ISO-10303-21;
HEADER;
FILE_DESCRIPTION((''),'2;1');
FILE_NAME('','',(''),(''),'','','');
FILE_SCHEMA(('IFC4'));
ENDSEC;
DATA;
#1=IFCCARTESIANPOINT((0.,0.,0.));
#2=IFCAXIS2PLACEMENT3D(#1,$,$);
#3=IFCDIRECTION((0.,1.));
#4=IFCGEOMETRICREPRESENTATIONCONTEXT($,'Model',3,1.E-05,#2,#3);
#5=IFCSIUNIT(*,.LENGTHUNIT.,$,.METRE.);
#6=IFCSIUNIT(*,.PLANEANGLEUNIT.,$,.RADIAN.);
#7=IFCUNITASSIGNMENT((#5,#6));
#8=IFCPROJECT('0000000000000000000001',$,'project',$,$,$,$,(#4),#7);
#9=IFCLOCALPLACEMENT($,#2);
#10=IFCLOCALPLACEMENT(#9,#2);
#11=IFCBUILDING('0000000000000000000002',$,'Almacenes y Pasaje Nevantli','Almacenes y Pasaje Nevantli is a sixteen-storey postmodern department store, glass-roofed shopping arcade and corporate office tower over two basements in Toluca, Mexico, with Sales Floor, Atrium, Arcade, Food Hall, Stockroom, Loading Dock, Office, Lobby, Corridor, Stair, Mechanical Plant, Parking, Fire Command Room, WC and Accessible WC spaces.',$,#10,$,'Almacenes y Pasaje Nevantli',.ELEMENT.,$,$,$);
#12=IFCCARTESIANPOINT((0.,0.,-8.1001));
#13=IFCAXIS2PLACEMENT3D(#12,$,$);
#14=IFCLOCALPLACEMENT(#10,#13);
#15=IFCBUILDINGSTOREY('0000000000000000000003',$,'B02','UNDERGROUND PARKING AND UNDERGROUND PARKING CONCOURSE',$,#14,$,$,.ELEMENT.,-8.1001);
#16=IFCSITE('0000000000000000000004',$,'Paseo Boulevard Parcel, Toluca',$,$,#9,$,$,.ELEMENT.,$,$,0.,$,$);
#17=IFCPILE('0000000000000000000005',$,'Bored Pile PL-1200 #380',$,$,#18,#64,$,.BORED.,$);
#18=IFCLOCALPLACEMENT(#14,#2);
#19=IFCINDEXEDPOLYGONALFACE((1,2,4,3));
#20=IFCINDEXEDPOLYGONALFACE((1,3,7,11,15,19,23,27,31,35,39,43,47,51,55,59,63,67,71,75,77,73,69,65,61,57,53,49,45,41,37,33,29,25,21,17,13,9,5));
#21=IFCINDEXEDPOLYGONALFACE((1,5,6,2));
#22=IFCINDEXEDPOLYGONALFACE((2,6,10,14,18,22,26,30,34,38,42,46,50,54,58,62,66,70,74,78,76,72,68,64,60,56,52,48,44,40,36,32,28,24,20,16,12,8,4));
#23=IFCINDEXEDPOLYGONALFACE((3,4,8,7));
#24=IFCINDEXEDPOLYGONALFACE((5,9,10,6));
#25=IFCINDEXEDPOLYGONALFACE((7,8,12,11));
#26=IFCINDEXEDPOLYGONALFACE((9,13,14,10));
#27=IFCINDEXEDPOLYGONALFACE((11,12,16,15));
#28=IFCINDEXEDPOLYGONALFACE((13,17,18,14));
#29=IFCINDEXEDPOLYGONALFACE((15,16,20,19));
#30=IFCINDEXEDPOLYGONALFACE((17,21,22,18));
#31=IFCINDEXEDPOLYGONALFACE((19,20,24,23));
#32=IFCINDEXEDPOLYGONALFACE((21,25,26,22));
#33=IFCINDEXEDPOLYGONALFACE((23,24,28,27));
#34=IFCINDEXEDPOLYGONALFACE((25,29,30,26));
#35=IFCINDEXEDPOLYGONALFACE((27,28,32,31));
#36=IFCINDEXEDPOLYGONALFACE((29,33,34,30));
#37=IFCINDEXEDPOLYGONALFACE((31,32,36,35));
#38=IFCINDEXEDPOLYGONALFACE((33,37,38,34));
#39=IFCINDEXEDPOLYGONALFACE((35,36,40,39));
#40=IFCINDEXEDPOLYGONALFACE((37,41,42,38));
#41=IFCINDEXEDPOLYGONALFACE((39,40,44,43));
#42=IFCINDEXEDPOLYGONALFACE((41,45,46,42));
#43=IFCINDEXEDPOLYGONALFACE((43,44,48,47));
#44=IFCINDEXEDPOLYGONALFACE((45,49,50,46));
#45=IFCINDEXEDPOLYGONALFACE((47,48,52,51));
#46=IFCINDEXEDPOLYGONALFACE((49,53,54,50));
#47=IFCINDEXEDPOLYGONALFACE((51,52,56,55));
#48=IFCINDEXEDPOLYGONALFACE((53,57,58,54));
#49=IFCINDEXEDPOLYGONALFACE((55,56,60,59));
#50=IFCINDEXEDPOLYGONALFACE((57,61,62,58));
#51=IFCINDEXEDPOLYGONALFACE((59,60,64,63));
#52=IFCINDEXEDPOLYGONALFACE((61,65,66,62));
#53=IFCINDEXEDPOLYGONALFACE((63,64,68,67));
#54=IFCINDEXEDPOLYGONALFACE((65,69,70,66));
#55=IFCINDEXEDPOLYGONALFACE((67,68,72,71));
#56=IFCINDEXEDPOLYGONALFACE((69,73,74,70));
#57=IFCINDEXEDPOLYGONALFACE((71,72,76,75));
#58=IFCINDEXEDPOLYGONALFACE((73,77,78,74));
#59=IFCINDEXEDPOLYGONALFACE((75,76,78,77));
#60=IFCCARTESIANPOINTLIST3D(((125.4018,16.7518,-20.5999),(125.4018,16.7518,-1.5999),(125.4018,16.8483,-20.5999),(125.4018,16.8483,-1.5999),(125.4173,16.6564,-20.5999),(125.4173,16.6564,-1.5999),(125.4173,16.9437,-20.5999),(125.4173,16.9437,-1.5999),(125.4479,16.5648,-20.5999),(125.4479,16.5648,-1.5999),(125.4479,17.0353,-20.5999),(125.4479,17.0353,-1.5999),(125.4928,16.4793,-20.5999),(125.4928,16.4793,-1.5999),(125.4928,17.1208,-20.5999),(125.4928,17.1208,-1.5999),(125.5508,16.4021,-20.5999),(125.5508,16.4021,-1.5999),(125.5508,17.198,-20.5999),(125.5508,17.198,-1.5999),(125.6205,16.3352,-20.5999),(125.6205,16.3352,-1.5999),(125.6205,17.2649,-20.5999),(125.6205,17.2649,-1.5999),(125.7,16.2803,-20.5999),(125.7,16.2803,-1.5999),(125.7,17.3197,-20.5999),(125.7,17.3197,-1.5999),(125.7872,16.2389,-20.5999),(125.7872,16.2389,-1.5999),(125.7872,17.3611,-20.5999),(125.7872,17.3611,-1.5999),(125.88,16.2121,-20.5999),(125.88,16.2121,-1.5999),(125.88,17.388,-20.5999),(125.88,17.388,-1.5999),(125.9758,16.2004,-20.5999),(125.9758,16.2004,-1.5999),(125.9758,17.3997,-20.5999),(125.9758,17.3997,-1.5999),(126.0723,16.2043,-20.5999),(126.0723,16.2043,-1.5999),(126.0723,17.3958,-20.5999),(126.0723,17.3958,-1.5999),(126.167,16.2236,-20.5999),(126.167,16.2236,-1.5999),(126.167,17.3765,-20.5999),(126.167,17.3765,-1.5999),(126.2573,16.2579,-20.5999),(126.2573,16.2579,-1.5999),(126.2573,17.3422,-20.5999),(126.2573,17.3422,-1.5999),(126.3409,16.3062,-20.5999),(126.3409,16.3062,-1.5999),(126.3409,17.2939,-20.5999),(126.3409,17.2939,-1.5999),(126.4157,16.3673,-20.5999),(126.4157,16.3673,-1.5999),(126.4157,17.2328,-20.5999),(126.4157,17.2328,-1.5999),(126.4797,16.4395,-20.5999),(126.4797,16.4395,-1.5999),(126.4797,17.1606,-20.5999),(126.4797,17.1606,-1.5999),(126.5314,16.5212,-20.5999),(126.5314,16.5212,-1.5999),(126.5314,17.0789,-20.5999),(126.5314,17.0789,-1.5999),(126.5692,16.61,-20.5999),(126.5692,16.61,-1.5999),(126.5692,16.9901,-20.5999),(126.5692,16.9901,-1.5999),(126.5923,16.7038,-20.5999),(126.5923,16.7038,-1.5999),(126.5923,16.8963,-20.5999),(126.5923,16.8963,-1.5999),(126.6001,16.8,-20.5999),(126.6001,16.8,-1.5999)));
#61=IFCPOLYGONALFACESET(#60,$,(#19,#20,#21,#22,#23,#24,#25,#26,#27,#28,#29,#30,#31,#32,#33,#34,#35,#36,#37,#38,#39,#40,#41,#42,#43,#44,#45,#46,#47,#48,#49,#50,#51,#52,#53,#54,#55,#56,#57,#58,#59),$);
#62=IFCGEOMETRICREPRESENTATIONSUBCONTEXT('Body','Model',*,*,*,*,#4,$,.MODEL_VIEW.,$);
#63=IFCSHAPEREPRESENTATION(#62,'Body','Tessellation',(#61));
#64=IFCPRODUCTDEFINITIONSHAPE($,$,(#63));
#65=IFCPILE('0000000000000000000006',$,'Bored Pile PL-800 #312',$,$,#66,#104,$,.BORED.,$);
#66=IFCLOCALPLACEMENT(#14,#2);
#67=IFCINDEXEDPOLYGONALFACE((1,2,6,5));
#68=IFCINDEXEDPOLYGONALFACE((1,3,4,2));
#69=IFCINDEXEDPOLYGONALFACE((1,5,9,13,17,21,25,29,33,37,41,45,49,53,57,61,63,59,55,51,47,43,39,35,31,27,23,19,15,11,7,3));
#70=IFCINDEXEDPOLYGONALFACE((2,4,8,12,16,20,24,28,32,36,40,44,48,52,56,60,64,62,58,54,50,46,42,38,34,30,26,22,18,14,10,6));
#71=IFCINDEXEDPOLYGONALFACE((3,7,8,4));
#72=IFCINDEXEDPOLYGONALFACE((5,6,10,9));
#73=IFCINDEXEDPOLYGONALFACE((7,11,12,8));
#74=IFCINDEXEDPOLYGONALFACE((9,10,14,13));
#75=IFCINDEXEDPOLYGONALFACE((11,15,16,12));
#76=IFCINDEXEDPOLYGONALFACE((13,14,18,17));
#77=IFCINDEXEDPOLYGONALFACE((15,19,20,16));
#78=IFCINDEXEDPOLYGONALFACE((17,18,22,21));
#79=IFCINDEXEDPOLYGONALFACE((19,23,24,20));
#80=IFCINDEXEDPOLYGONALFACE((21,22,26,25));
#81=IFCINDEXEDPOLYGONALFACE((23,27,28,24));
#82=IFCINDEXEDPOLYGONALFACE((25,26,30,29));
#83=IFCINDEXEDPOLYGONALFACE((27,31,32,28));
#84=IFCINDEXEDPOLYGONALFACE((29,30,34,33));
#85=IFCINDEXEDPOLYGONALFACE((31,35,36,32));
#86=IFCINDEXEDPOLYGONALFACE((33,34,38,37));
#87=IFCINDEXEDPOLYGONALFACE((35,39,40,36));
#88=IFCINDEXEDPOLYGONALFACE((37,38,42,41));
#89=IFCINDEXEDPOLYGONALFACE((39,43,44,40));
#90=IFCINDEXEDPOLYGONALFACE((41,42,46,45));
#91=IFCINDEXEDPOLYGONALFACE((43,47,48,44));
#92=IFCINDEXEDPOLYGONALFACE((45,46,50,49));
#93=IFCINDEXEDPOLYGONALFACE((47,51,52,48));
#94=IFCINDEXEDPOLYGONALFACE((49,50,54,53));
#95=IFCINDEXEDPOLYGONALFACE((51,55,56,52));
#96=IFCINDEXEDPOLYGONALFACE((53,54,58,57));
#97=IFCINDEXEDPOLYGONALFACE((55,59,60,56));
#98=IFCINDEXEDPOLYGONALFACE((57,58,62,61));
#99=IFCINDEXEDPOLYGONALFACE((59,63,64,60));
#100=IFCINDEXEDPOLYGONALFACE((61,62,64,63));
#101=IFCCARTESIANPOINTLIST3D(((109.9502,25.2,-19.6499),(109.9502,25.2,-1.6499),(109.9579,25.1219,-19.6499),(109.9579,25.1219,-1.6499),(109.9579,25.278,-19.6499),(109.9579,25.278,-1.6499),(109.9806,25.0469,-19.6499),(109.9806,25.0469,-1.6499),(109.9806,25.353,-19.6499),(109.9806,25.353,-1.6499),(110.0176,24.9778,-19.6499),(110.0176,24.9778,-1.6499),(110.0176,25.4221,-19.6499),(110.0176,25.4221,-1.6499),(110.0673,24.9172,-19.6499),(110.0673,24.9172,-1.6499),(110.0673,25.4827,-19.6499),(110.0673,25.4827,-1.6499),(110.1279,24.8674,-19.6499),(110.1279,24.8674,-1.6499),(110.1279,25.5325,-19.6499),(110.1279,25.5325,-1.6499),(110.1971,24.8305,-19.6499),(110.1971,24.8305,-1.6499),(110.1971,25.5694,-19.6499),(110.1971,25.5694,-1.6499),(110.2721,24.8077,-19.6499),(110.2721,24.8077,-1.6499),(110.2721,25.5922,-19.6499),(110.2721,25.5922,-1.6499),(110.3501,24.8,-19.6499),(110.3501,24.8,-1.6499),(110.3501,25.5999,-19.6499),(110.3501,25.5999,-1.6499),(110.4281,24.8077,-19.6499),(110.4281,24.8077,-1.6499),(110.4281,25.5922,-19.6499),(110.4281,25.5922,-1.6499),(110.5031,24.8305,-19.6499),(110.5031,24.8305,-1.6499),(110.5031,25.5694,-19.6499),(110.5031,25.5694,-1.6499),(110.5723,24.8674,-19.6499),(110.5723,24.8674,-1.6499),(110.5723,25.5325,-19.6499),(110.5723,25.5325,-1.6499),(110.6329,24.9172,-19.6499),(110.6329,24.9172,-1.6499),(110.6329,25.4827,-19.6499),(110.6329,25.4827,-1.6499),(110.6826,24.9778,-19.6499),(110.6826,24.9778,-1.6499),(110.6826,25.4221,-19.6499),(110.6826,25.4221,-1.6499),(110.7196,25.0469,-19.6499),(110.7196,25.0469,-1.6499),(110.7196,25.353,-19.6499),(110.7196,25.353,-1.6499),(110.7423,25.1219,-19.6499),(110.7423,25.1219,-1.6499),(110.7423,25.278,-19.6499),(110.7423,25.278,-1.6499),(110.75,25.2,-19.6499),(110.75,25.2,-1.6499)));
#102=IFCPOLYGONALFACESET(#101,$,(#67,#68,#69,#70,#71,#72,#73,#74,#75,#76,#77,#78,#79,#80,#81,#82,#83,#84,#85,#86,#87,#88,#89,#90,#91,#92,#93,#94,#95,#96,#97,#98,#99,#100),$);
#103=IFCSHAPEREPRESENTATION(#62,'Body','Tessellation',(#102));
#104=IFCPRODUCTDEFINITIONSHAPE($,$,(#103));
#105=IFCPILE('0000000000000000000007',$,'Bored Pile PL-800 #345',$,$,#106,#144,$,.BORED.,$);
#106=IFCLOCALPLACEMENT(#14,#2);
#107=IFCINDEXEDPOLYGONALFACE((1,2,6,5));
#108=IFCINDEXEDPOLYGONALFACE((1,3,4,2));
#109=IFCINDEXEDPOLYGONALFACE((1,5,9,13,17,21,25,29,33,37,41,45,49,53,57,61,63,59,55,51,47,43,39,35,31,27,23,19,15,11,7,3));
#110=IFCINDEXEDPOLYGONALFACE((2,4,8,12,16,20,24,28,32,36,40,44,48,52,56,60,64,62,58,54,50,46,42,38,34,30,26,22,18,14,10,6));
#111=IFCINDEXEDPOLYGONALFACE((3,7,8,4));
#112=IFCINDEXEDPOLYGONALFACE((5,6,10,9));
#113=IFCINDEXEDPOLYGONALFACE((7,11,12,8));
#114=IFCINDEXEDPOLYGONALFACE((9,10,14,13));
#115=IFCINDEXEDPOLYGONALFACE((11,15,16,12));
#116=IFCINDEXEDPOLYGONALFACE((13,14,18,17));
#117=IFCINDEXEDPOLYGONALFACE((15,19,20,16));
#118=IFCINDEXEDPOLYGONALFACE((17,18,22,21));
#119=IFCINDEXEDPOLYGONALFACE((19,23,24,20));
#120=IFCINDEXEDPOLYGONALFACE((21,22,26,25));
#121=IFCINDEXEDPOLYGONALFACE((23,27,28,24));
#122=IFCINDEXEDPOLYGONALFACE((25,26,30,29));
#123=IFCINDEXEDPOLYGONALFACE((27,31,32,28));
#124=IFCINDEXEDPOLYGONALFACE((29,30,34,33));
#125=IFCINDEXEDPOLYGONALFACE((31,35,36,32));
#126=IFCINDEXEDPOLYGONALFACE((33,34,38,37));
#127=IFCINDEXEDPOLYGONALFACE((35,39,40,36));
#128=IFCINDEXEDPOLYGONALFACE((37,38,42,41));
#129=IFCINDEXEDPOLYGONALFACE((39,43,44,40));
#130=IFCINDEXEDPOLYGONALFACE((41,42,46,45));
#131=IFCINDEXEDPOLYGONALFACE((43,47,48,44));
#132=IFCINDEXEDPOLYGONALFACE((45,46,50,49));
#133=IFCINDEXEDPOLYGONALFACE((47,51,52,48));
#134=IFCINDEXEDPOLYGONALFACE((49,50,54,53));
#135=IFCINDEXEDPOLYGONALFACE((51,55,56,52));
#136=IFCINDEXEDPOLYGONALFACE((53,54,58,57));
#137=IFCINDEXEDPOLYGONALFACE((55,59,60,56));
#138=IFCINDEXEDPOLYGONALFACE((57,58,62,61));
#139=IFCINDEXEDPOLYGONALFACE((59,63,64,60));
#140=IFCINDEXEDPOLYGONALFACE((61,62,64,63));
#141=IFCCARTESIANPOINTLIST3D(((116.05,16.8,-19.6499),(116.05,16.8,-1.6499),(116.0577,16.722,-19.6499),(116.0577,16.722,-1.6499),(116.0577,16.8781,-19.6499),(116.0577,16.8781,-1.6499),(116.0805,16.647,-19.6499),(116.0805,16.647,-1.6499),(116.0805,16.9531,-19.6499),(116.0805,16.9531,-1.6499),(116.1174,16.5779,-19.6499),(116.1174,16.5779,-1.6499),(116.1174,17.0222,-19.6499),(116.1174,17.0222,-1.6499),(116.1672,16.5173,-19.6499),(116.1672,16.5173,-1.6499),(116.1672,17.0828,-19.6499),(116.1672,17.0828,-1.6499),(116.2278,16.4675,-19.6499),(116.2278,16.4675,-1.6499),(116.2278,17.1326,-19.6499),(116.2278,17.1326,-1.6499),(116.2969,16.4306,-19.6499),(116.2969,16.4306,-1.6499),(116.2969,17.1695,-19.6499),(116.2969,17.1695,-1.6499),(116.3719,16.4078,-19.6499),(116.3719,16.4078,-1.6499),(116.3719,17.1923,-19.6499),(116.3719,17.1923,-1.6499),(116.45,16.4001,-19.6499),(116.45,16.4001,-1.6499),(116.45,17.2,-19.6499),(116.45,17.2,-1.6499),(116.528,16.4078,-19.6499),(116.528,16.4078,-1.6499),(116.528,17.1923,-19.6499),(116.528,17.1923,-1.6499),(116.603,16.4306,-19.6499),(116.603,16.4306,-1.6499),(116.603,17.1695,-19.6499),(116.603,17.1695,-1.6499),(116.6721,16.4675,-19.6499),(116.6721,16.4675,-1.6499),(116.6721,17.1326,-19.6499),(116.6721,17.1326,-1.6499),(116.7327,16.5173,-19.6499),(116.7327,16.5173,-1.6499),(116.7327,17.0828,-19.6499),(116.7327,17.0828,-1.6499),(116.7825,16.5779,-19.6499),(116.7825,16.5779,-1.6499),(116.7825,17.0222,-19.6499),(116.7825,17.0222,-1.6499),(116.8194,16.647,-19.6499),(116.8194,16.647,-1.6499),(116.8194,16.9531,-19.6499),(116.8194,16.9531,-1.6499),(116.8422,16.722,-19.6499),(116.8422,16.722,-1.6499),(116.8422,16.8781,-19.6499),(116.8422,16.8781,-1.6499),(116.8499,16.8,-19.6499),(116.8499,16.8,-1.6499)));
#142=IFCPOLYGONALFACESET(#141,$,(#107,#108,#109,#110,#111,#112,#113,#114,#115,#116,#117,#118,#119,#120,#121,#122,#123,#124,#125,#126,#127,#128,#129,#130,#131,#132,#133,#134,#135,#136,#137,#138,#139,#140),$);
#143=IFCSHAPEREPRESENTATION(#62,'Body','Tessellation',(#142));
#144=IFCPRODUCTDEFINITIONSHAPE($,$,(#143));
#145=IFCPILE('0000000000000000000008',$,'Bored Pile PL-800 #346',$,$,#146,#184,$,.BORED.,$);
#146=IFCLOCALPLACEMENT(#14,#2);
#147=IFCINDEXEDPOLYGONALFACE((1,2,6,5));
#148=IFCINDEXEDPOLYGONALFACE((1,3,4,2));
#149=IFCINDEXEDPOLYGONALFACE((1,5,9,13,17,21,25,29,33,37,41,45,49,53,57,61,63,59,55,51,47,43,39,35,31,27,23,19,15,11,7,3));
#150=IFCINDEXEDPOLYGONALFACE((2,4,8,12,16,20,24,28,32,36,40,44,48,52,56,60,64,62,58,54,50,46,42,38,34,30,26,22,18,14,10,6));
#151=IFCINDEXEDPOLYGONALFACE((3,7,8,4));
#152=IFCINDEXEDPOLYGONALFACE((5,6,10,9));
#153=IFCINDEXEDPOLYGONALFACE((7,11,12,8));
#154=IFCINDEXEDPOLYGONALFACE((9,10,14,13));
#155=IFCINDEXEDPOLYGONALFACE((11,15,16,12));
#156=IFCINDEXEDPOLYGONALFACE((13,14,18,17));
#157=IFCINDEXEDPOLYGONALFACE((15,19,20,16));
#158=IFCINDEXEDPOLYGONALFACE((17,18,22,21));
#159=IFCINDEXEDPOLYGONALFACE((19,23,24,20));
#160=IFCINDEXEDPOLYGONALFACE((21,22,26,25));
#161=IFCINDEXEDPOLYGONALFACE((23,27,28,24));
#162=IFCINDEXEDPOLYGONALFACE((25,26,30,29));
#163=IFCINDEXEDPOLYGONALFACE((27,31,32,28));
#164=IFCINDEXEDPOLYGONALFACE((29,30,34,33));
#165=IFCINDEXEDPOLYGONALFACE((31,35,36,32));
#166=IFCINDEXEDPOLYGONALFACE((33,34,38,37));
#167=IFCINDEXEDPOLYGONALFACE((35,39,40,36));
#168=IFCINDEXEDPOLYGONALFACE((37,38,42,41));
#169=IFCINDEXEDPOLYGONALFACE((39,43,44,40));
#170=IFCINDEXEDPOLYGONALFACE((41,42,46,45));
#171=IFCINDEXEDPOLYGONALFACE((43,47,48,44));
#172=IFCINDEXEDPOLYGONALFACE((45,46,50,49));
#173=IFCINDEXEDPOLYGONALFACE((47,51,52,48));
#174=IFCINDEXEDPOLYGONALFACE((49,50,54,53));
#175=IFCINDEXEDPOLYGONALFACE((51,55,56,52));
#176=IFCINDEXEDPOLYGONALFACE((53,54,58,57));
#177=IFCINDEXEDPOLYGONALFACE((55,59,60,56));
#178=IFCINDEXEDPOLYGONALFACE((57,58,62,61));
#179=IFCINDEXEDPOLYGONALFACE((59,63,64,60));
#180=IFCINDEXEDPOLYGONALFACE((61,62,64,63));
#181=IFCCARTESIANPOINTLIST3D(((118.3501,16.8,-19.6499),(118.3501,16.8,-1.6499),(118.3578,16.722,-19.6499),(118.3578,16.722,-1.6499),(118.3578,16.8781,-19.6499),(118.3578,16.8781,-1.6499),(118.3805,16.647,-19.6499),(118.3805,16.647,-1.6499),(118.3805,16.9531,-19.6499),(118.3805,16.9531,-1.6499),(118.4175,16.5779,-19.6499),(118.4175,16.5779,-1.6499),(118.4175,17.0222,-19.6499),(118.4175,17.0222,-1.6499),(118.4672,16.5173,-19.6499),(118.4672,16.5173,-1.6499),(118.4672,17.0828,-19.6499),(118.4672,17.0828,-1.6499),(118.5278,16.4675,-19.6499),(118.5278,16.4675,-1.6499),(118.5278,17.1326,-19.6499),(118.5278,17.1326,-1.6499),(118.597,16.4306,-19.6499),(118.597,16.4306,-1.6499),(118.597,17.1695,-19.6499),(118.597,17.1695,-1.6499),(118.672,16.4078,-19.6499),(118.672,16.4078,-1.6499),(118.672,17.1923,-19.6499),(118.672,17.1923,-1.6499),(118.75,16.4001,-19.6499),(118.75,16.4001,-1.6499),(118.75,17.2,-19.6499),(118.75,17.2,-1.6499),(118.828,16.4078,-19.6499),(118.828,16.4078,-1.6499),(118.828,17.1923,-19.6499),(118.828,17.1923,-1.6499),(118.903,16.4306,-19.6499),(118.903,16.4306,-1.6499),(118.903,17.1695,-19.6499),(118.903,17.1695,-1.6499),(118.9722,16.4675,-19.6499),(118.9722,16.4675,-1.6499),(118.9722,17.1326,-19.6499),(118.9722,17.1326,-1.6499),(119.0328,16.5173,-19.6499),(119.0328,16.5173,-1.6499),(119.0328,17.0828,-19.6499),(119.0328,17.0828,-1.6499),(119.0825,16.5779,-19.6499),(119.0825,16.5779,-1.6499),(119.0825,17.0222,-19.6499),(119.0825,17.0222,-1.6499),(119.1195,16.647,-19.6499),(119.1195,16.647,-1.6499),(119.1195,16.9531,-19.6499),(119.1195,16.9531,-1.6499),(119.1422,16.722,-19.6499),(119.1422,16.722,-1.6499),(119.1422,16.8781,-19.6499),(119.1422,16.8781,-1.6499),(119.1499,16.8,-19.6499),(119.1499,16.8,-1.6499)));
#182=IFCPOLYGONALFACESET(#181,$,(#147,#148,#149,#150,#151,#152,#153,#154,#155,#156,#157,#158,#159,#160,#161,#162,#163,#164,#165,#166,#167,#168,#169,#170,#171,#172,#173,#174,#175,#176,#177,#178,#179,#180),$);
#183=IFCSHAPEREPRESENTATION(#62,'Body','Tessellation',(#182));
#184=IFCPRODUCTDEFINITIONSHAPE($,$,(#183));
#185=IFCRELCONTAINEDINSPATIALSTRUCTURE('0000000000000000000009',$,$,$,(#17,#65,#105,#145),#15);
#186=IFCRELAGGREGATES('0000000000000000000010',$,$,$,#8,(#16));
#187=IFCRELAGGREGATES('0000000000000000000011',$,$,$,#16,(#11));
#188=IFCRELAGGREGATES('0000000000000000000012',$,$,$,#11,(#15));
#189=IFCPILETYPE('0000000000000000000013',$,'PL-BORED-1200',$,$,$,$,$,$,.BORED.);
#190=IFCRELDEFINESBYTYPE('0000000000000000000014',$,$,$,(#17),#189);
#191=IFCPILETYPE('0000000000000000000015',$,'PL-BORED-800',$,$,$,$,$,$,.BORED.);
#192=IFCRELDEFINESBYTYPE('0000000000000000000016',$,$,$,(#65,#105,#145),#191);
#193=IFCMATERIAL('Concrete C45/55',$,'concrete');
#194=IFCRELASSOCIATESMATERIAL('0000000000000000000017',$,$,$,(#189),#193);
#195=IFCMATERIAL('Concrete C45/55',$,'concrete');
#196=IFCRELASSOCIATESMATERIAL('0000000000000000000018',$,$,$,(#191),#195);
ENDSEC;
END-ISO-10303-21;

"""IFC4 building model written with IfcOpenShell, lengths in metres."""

from ifc_helpers import new_model, si_unit, direction, frame, origin, origin_2d, place, context, subcontext, project, spatial, circle, extrude, material, material_profile, profile_set, type_object, element, save


model = new_model("IFC4")

# Units and contexts
model_context = context("Model", 3, precision=1e-05, world=origin(), true_north=direction((0.0, 1.0)))
body_context = subcontext(model_context, "Body", "Model", "MODEL_VIEW")
ifc_project = project(units=[si_unit("LENGTHUNIT", "METRE"), si_unit("PLANEANGLEUNIT", "RADIAN")], contexts=[model_context])

# Site, building, storey
site_placement = place(None, origin())
site = spatial("IfcSite", under=ifc_project, at=site_placement, Name="Paseo Boulevard Parcel, Toluca", CompositionType="ELEMENT", RefElevation=0.0)
building_placement = place(site_placement, origin())
building = spatial("IfcBuilding", under=site, at=building_placement, Name="Almacenes y Pasaje Nevantli", Description="Almacenes y Pasaje Nevantli is a sixteen-storey postmodern department store, glass-roofed shopping arcade and corporate office tower over two basements in Toluca, Mexico, with Sales Floor, Atrium, Arcade, Food Hall, Stockroom, Loading Dock, Office, Lobby, Corridor, Stair, Mechanical Plant, Parking, Fire Command Room, WC and Accessible WC spaces.", LongName="Almacenes y Pasaje Nevantli", CompositionType="ELEMENT")
storey_placement = place(building_placement, frame((0.0, 0.0, -8.1001)))
storey = spatial("IfcBuildingStorey", under=building, at=storey_placement, Name="B02", Description="UNDERGROUND PARKING AND UNDERGROUND PARKING CONCOURSE", CompositionType="ELEMENT", Elevation=-8.1001)

# Piles
ifc_material_1 = material(Name="Concrete C45/55", Category="concrete")
ifc_material_profile_1 = material_profile(ifc_material_1, circle(Radius=0.6001, at=origin_2d()), Name="RC-PILE-D1200")
ifc_profile_set_1 = profile_set([ifc_material_profile_1], Name="Concrete C45/55")
pile_type_1 = type_object("IfcPileType", Name="PL-BORED-1200", PredefinedType="BORED", material=ifc_profile_set_1)
for number, where, z_axis, x_axis, name in (
    (1, (126.0, 16.8, -1.5999), (0.0, 0.0, -1.0), (1.0, 0.0, 0.0), "Bored Pile PL-1200 #380"),
):
    element("IfcPile", number, at=place(storey_placement, frame(where, z_axis=z_axis, x_axis=x_axis)), inside=storey, type_object=pile_type_1, Name=name, PredefinedType="BORED", context=body_context, shape_type="SweptSolid", body=[
        extrude(circle(Radius=0.6001, at=origin_2d()), origin(), (0.0, 0.0, 1.0), 19.0),
    ])
ifc_material_2 = material(Name="Concrete C45/55", Category="concrete")
ifc_material_profile_2 = material_profile(ifc_material_2, circle(Radius=0.3999, at=origin_2d()), Name="RC-PILE-D800")
ifc_profile_set_2 = profile_set([ifc_material_profile_2], Name="Concrete C45/55")
pile_type_2 = type_object("IfcPileType", Name="PL-BORED-800", PredefinedType="BORED", material=ifc_profile_set_2)
for number, where, z_axis, x_axis, name in (
    (2, (110.3501, 25.2, -1.6499), (0.0, 0.0, -1.0), (1.0, 0.0, 0.0), "Bored Pile PL-800 #312"),
    (3, (116.45, 16.8, -1.6499), (0.0, 0.0, -1.0), (1.0, 0.0, 0.0), "Bored Pile PL-800 #345"),
    (4, (118.75, 16.8, -1.6499), (0.0, 0.0, -1.0), (1.0, 0.0, 0.0), "Bored Pile PL-800 #346"),
):
    element("IfcPile", number, at=place(storey_placement, frame(where, z_axis=z_axis, x_axis=x_axis)), inside=storey, type_object=pile_type_2, Name=name, PredefinedType="BORED", context=body_context, shape_type="SweptSolid", body=[
        extrude(circle(Radius=0.3999, at=origin_2d()), origin(), (0.0, 0.0, 1.0), 18.0),
    ])

save(model, "model.ifc")
